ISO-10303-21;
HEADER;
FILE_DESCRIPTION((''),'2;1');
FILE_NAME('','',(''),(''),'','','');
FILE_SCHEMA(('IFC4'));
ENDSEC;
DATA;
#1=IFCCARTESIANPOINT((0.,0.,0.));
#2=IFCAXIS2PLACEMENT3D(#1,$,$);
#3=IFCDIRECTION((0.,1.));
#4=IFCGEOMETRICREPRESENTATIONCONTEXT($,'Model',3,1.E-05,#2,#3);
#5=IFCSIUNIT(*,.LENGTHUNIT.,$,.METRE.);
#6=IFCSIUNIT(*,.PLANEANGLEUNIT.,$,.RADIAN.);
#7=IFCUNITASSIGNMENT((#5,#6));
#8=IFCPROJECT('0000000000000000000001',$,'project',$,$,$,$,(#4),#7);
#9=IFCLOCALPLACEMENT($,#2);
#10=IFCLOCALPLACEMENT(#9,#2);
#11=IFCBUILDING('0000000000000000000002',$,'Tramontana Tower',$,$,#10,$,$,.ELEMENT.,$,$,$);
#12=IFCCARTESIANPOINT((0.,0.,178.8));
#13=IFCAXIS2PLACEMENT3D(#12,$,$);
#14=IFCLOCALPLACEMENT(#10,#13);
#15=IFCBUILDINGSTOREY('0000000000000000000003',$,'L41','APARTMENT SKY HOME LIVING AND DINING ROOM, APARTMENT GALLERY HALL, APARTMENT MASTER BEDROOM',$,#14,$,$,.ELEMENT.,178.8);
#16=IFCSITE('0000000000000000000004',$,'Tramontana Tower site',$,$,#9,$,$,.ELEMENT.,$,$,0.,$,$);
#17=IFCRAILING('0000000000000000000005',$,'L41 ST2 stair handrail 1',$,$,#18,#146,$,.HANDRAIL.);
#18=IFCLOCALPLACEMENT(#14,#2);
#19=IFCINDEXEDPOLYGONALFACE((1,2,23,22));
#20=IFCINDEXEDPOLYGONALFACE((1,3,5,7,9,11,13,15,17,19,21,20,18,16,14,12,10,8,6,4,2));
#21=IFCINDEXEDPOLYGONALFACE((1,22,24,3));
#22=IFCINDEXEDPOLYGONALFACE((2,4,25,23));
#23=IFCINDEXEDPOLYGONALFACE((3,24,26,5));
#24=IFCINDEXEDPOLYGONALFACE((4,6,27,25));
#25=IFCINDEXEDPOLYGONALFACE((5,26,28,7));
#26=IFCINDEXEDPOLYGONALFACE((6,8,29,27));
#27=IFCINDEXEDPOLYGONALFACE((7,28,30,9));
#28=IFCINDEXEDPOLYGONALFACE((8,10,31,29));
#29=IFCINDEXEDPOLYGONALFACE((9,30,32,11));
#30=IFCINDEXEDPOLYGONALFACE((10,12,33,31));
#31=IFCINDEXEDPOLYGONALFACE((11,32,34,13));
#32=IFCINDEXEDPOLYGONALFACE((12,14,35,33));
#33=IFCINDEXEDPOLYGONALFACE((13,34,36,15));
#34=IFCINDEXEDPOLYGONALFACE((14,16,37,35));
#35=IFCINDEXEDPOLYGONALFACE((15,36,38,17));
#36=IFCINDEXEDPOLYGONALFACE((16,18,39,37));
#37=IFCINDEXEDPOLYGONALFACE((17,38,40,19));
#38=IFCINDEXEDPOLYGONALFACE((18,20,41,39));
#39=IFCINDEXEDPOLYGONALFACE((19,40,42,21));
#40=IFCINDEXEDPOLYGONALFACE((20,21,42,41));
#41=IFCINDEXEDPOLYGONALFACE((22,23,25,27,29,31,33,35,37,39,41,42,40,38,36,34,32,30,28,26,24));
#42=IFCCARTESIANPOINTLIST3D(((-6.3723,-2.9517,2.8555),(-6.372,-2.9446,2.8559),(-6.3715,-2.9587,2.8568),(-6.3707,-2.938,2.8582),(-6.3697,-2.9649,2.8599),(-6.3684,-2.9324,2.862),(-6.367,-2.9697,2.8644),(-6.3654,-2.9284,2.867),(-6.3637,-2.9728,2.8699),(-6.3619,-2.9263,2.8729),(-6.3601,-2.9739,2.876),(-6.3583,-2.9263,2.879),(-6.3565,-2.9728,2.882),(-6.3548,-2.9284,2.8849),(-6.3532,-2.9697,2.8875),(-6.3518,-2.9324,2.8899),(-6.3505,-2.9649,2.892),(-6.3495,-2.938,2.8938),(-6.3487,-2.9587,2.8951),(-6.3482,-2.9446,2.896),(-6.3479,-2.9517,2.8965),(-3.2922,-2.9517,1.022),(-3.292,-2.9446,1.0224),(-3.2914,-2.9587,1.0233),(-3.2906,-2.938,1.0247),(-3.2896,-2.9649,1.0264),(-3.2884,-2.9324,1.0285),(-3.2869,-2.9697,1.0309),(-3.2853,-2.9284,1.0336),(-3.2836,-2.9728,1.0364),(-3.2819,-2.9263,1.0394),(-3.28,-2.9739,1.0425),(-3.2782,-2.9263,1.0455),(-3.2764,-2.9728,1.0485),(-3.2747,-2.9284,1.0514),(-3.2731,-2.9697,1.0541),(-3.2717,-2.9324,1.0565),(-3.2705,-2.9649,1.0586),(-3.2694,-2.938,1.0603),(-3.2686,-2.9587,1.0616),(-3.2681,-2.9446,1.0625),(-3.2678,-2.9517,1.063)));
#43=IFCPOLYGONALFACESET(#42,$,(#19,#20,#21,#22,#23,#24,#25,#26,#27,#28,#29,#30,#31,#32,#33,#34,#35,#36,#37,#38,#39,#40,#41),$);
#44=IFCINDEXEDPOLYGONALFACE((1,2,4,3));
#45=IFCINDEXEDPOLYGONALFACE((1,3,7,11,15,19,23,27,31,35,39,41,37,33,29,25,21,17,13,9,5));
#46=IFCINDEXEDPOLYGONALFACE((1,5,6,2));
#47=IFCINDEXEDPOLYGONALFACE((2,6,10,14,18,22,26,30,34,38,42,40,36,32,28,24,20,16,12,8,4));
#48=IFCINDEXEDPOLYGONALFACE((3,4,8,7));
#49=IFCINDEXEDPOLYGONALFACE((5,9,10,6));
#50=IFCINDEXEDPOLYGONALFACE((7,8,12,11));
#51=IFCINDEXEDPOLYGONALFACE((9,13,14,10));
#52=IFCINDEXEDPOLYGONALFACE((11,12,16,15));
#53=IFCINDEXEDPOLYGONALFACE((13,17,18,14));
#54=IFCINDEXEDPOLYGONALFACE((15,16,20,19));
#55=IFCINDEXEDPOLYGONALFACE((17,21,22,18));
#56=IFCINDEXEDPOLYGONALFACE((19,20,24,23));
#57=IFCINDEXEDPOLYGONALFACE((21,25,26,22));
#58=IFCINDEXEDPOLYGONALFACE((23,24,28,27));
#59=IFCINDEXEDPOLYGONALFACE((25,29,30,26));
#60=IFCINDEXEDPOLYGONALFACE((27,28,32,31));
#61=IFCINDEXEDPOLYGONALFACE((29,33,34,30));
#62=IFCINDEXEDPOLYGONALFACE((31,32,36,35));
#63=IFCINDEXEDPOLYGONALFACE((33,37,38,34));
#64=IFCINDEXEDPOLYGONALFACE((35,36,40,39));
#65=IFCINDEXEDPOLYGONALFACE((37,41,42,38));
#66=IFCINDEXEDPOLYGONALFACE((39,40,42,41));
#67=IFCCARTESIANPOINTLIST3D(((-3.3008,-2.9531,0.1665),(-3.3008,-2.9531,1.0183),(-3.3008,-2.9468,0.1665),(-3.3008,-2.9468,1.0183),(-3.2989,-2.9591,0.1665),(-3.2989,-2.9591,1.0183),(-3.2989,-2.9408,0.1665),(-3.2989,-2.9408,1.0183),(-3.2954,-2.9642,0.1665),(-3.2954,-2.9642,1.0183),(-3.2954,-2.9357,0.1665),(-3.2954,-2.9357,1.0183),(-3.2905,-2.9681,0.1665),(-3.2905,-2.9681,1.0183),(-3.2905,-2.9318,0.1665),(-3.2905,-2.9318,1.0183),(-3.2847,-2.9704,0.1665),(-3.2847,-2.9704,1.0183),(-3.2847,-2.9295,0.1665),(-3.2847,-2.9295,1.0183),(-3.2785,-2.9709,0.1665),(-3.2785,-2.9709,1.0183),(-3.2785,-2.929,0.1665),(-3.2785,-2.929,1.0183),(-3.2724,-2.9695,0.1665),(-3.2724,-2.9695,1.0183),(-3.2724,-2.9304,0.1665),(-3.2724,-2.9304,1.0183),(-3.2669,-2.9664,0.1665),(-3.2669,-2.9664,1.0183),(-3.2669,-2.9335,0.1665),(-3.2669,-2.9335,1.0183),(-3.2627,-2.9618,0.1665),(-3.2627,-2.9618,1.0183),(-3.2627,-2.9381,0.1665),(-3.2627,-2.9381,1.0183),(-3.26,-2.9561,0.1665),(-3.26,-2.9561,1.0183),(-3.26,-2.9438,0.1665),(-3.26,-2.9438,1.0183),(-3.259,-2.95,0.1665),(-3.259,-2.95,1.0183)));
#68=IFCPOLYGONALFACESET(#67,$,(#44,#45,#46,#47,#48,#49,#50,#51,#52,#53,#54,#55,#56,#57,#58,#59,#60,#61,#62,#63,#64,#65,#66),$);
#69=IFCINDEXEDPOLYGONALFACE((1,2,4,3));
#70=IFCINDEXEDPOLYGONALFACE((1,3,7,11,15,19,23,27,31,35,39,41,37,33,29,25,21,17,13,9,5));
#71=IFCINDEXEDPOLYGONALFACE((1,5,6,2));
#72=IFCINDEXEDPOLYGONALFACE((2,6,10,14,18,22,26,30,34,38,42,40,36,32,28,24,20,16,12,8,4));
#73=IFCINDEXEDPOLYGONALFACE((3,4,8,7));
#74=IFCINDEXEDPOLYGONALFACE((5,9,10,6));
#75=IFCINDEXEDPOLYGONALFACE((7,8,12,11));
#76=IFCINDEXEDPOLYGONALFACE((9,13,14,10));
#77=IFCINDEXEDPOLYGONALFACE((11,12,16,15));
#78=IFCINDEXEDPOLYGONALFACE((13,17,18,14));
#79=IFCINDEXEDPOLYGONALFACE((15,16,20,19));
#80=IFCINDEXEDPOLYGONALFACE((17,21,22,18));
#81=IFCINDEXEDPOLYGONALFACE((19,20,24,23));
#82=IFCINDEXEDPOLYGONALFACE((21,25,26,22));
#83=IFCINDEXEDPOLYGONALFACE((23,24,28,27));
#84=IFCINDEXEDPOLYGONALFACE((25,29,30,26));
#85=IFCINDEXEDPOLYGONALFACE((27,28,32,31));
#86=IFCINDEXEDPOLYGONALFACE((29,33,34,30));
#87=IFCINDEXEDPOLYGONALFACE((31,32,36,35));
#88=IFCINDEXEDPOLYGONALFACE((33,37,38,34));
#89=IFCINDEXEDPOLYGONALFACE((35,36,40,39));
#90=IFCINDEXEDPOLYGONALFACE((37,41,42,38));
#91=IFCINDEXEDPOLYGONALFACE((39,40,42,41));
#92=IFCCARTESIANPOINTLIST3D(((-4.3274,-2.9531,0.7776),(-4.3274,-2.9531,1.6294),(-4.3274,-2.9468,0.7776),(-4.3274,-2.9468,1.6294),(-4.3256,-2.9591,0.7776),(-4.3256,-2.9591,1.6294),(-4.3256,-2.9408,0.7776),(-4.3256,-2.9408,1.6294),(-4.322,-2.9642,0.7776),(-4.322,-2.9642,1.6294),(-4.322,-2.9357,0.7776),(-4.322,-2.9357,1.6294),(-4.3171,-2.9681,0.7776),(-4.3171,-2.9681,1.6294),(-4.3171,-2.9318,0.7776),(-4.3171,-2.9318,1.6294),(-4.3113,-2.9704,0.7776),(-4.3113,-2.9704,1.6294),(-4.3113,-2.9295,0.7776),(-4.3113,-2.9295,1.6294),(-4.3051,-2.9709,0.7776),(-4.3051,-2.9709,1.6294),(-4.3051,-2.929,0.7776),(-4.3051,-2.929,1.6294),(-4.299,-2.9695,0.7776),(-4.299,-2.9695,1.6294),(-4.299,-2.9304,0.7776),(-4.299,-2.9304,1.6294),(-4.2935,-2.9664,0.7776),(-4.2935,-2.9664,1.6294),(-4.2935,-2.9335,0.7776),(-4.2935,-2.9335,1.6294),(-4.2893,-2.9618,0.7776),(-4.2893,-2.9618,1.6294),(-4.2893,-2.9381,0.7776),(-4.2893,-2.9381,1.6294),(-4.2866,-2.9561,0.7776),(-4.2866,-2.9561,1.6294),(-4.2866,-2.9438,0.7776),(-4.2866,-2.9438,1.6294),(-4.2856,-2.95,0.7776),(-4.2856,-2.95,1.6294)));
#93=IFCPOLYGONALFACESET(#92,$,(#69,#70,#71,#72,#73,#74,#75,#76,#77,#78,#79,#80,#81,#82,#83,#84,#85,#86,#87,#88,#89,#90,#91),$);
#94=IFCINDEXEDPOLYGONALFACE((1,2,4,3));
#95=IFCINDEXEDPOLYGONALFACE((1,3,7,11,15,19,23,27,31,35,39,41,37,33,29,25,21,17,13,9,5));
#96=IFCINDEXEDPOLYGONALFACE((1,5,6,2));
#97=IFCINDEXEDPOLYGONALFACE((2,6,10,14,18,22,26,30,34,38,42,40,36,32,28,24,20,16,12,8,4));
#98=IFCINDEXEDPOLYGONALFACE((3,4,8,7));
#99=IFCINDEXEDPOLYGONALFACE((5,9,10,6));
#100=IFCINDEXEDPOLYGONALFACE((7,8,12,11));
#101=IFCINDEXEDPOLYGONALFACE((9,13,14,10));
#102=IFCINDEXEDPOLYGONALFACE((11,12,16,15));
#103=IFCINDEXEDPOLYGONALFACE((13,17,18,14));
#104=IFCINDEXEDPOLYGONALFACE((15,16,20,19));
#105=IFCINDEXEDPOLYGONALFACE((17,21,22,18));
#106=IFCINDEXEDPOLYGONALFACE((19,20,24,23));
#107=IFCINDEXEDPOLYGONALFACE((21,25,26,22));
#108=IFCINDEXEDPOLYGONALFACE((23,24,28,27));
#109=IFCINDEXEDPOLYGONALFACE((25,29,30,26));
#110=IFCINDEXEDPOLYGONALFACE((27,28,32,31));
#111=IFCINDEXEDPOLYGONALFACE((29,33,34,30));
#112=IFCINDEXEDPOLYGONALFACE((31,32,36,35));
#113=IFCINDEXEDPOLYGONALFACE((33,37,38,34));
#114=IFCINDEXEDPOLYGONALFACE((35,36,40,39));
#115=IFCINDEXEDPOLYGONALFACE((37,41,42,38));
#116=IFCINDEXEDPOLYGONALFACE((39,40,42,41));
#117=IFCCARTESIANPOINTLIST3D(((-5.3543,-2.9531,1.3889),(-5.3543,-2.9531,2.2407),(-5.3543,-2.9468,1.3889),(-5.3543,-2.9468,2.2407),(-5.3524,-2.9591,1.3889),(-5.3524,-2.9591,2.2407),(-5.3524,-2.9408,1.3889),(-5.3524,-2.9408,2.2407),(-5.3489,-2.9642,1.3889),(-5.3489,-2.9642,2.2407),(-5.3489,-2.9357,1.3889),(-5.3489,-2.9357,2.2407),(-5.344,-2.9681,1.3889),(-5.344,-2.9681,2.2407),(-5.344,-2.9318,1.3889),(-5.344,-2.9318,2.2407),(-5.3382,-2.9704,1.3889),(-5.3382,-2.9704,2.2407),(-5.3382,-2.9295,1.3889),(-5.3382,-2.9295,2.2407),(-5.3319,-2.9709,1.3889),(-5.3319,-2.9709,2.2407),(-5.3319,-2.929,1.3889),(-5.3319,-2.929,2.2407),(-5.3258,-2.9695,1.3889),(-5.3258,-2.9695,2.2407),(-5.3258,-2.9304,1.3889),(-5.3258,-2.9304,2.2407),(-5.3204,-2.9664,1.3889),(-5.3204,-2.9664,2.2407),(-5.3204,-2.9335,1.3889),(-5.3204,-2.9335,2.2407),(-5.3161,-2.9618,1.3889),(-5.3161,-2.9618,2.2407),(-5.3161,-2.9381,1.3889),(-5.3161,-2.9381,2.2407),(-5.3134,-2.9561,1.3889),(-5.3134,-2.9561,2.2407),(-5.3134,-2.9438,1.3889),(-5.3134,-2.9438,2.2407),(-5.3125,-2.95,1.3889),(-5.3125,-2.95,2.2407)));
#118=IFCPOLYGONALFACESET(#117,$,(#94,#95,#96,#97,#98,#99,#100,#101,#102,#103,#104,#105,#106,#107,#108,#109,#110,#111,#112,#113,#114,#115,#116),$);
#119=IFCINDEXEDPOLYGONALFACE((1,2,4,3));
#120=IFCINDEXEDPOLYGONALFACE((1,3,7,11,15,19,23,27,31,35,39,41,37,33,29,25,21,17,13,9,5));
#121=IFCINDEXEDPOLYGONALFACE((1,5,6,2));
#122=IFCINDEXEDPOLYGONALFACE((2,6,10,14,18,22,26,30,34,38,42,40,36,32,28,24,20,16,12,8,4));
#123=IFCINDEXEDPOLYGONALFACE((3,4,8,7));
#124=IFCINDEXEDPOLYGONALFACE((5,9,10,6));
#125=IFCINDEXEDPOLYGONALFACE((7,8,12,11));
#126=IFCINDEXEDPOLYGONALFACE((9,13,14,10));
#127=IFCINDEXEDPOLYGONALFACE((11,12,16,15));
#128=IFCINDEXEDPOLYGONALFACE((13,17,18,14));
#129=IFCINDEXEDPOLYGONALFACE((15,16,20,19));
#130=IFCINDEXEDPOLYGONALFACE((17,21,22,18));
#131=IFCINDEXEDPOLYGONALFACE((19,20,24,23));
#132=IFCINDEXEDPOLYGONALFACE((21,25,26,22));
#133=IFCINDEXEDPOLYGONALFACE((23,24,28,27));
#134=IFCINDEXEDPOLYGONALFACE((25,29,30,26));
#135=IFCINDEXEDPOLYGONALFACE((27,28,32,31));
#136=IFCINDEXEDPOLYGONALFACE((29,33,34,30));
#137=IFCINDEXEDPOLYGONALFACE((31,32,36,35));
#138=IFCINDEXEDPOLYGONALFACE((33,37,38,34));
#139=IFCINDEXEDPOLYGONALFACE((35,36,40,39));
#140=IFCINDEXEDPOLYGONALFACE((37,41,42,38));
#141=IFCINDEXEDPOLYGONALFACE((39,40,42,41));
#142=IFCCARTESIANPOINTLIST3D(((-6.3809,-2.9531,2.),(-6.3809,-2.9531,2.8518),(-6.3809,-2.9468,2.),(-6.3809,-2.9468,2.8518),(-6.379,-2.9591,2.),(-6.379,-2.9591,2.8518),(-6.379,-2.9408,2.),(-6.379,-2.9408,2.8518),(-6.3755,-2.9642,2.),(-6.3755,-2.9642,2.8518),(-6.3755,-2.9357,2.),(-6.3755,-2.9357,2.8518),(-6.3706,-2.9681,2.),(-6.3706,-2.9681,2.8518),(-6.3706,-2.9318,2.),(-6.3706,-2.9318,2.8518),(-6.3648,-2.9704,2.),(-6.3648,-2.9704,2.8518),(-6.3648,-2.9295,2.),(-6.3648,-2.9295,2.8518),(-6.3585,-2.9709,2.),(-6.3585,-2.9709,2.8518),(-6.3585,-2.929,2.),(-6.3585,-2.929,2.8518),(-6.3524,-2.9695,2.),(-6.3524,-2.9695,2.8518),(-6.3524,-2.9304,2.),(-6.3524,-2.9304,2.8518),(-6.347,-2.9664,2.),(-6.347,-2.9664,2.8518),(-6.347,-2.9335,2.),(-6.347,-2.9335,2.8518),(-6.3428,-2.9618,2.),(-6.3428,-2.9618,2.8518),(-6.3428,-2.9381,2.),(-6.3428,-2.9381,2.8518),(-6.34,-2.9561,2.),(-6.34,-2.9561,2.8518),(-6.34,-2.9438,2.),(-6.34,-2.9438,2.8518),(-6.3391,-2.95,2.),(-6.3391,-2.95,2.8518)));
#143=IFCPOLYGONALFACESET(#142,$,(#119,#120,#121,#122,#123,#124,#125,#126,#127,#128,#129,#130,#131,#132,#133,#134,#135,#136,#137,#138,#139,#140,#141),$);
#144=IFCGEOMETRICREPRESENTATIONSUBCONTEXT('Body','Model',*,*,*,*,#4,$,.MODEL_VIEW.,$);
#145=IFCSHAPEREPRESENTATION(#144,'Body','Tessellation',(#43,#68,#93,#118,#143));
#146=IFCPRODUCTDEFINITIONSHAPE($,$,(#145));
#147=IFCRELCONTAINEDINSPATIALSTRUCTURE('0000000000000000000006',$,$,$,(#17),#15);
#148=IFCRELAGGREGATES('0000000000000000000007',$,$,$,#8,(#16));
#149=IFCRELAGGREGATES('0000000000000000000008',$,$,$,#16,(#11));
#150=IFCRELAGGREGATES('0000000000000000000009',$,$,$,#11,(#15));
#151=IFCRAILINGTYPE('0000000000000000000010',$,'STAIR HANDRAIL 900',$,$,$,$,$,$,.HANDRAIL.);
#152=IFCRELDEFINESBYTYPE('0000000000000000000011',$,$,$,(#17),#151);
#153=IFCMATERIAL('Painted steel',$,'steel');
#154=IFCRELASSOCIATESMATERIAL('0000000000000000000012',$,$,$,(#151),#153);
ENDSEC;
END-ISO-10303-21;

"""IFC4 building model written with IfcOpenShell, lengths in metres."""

from ifc_helpers import new_model, si_unit, direction, frame, origin, origin_2d, place, context, subcontext, project, spatial, circle, extrude, material, type_object, element, save


model = new_model("IFC4")

# Units and contexts
model_context = context("Model", 3, precision=1e-05, world=origin(), true_north=direction((0.0, 1.0)))
body_context = subcontext(model_context, "Body", "Model", "MODEL_VIEW")
ifc_project = project(units=[si_unit("LENGTHUNIT", "METRE"), si_unit("PLANEANGLEUNIT", "RADIAN")], contexts=[model_context])

# Site, building, storey
site_placement = place(None, origin())
site = spatial("IfcSite", under=ifc_project, at=site_placement, Name="Tramontana Tower site", CompositionType="ELEMENT", RefElevation=0.0)
building_placement = place(site_placement, origin())
building = spatial("IfcBuilding", under=site, at=building_placement, Name="Tramontana Tower", CompositionType="ELEMENT")
storey_placement = place(building_placement, frame((0.0, 0.0, 178.8)))
storey = spatial("IfcBuildingStorey", under=building, at=storey_placement, Name="L41", Description="APARTMENT SKY HOME LIVING AND DINING ROOM, APARTMENT GALLERY HALL, APARTMENT MASTER BEDROOM", CompositionType="ELEMENT", Elevation=178.8)

# Railing
ifc_material_1 = material(Name="Painted steel", Category="steel")
railing_type_1 = type_object("IfcRailingType", Name="STAIR HANDRAIL 900", PredefinedType="HANDRAIL", material=ifc_material_1)
railing_1_placement = place(storey_placement, frame((-3.28, -2.95, 0.1665)))
element("IfcRailing", 1, at=railing_1_placement, inside=storey, type_object=railing_type_1, Name="L41 ST2 stair handrail 1", PredefinedType="HANDRAIL", context=body_context, shape_type="SweptSolid", body=[
    extrude(circle(Radius=0.0239, at=origin_2d()), frame((0.0, 0.0, 0.876), z_axis=(-0.859279, 0.0, 0.511508), x_axis=(0.0, -1.0, 0.0)), (0.0, 0.0, 1.0), 3.5845),
    extrude(circle(Radius=0.021, at=origin_2d()), origin(), (0.0, 0.0, 1.0), 0.8518),
    extrude(circle(Radius=0.021, at=origin_2d()), frame((-1.0266, 0.0, 0.6111)), (0.0, 0.0, 1.0), 0.8518),
    extrude(circle(Radius=0.021, at=origin_2d()), frame((-2.0535, 0.0, 1.2224)), (0.0, 0.0, 1.0), 0.8518),
    extrude(circle(Radius=0.021, at=origin_2d()), frame((-3.0801, 0.0, 1.8335)), (0.0, 0.0, 1.0), 0.8518),
])

save(model, "model.ifc")
